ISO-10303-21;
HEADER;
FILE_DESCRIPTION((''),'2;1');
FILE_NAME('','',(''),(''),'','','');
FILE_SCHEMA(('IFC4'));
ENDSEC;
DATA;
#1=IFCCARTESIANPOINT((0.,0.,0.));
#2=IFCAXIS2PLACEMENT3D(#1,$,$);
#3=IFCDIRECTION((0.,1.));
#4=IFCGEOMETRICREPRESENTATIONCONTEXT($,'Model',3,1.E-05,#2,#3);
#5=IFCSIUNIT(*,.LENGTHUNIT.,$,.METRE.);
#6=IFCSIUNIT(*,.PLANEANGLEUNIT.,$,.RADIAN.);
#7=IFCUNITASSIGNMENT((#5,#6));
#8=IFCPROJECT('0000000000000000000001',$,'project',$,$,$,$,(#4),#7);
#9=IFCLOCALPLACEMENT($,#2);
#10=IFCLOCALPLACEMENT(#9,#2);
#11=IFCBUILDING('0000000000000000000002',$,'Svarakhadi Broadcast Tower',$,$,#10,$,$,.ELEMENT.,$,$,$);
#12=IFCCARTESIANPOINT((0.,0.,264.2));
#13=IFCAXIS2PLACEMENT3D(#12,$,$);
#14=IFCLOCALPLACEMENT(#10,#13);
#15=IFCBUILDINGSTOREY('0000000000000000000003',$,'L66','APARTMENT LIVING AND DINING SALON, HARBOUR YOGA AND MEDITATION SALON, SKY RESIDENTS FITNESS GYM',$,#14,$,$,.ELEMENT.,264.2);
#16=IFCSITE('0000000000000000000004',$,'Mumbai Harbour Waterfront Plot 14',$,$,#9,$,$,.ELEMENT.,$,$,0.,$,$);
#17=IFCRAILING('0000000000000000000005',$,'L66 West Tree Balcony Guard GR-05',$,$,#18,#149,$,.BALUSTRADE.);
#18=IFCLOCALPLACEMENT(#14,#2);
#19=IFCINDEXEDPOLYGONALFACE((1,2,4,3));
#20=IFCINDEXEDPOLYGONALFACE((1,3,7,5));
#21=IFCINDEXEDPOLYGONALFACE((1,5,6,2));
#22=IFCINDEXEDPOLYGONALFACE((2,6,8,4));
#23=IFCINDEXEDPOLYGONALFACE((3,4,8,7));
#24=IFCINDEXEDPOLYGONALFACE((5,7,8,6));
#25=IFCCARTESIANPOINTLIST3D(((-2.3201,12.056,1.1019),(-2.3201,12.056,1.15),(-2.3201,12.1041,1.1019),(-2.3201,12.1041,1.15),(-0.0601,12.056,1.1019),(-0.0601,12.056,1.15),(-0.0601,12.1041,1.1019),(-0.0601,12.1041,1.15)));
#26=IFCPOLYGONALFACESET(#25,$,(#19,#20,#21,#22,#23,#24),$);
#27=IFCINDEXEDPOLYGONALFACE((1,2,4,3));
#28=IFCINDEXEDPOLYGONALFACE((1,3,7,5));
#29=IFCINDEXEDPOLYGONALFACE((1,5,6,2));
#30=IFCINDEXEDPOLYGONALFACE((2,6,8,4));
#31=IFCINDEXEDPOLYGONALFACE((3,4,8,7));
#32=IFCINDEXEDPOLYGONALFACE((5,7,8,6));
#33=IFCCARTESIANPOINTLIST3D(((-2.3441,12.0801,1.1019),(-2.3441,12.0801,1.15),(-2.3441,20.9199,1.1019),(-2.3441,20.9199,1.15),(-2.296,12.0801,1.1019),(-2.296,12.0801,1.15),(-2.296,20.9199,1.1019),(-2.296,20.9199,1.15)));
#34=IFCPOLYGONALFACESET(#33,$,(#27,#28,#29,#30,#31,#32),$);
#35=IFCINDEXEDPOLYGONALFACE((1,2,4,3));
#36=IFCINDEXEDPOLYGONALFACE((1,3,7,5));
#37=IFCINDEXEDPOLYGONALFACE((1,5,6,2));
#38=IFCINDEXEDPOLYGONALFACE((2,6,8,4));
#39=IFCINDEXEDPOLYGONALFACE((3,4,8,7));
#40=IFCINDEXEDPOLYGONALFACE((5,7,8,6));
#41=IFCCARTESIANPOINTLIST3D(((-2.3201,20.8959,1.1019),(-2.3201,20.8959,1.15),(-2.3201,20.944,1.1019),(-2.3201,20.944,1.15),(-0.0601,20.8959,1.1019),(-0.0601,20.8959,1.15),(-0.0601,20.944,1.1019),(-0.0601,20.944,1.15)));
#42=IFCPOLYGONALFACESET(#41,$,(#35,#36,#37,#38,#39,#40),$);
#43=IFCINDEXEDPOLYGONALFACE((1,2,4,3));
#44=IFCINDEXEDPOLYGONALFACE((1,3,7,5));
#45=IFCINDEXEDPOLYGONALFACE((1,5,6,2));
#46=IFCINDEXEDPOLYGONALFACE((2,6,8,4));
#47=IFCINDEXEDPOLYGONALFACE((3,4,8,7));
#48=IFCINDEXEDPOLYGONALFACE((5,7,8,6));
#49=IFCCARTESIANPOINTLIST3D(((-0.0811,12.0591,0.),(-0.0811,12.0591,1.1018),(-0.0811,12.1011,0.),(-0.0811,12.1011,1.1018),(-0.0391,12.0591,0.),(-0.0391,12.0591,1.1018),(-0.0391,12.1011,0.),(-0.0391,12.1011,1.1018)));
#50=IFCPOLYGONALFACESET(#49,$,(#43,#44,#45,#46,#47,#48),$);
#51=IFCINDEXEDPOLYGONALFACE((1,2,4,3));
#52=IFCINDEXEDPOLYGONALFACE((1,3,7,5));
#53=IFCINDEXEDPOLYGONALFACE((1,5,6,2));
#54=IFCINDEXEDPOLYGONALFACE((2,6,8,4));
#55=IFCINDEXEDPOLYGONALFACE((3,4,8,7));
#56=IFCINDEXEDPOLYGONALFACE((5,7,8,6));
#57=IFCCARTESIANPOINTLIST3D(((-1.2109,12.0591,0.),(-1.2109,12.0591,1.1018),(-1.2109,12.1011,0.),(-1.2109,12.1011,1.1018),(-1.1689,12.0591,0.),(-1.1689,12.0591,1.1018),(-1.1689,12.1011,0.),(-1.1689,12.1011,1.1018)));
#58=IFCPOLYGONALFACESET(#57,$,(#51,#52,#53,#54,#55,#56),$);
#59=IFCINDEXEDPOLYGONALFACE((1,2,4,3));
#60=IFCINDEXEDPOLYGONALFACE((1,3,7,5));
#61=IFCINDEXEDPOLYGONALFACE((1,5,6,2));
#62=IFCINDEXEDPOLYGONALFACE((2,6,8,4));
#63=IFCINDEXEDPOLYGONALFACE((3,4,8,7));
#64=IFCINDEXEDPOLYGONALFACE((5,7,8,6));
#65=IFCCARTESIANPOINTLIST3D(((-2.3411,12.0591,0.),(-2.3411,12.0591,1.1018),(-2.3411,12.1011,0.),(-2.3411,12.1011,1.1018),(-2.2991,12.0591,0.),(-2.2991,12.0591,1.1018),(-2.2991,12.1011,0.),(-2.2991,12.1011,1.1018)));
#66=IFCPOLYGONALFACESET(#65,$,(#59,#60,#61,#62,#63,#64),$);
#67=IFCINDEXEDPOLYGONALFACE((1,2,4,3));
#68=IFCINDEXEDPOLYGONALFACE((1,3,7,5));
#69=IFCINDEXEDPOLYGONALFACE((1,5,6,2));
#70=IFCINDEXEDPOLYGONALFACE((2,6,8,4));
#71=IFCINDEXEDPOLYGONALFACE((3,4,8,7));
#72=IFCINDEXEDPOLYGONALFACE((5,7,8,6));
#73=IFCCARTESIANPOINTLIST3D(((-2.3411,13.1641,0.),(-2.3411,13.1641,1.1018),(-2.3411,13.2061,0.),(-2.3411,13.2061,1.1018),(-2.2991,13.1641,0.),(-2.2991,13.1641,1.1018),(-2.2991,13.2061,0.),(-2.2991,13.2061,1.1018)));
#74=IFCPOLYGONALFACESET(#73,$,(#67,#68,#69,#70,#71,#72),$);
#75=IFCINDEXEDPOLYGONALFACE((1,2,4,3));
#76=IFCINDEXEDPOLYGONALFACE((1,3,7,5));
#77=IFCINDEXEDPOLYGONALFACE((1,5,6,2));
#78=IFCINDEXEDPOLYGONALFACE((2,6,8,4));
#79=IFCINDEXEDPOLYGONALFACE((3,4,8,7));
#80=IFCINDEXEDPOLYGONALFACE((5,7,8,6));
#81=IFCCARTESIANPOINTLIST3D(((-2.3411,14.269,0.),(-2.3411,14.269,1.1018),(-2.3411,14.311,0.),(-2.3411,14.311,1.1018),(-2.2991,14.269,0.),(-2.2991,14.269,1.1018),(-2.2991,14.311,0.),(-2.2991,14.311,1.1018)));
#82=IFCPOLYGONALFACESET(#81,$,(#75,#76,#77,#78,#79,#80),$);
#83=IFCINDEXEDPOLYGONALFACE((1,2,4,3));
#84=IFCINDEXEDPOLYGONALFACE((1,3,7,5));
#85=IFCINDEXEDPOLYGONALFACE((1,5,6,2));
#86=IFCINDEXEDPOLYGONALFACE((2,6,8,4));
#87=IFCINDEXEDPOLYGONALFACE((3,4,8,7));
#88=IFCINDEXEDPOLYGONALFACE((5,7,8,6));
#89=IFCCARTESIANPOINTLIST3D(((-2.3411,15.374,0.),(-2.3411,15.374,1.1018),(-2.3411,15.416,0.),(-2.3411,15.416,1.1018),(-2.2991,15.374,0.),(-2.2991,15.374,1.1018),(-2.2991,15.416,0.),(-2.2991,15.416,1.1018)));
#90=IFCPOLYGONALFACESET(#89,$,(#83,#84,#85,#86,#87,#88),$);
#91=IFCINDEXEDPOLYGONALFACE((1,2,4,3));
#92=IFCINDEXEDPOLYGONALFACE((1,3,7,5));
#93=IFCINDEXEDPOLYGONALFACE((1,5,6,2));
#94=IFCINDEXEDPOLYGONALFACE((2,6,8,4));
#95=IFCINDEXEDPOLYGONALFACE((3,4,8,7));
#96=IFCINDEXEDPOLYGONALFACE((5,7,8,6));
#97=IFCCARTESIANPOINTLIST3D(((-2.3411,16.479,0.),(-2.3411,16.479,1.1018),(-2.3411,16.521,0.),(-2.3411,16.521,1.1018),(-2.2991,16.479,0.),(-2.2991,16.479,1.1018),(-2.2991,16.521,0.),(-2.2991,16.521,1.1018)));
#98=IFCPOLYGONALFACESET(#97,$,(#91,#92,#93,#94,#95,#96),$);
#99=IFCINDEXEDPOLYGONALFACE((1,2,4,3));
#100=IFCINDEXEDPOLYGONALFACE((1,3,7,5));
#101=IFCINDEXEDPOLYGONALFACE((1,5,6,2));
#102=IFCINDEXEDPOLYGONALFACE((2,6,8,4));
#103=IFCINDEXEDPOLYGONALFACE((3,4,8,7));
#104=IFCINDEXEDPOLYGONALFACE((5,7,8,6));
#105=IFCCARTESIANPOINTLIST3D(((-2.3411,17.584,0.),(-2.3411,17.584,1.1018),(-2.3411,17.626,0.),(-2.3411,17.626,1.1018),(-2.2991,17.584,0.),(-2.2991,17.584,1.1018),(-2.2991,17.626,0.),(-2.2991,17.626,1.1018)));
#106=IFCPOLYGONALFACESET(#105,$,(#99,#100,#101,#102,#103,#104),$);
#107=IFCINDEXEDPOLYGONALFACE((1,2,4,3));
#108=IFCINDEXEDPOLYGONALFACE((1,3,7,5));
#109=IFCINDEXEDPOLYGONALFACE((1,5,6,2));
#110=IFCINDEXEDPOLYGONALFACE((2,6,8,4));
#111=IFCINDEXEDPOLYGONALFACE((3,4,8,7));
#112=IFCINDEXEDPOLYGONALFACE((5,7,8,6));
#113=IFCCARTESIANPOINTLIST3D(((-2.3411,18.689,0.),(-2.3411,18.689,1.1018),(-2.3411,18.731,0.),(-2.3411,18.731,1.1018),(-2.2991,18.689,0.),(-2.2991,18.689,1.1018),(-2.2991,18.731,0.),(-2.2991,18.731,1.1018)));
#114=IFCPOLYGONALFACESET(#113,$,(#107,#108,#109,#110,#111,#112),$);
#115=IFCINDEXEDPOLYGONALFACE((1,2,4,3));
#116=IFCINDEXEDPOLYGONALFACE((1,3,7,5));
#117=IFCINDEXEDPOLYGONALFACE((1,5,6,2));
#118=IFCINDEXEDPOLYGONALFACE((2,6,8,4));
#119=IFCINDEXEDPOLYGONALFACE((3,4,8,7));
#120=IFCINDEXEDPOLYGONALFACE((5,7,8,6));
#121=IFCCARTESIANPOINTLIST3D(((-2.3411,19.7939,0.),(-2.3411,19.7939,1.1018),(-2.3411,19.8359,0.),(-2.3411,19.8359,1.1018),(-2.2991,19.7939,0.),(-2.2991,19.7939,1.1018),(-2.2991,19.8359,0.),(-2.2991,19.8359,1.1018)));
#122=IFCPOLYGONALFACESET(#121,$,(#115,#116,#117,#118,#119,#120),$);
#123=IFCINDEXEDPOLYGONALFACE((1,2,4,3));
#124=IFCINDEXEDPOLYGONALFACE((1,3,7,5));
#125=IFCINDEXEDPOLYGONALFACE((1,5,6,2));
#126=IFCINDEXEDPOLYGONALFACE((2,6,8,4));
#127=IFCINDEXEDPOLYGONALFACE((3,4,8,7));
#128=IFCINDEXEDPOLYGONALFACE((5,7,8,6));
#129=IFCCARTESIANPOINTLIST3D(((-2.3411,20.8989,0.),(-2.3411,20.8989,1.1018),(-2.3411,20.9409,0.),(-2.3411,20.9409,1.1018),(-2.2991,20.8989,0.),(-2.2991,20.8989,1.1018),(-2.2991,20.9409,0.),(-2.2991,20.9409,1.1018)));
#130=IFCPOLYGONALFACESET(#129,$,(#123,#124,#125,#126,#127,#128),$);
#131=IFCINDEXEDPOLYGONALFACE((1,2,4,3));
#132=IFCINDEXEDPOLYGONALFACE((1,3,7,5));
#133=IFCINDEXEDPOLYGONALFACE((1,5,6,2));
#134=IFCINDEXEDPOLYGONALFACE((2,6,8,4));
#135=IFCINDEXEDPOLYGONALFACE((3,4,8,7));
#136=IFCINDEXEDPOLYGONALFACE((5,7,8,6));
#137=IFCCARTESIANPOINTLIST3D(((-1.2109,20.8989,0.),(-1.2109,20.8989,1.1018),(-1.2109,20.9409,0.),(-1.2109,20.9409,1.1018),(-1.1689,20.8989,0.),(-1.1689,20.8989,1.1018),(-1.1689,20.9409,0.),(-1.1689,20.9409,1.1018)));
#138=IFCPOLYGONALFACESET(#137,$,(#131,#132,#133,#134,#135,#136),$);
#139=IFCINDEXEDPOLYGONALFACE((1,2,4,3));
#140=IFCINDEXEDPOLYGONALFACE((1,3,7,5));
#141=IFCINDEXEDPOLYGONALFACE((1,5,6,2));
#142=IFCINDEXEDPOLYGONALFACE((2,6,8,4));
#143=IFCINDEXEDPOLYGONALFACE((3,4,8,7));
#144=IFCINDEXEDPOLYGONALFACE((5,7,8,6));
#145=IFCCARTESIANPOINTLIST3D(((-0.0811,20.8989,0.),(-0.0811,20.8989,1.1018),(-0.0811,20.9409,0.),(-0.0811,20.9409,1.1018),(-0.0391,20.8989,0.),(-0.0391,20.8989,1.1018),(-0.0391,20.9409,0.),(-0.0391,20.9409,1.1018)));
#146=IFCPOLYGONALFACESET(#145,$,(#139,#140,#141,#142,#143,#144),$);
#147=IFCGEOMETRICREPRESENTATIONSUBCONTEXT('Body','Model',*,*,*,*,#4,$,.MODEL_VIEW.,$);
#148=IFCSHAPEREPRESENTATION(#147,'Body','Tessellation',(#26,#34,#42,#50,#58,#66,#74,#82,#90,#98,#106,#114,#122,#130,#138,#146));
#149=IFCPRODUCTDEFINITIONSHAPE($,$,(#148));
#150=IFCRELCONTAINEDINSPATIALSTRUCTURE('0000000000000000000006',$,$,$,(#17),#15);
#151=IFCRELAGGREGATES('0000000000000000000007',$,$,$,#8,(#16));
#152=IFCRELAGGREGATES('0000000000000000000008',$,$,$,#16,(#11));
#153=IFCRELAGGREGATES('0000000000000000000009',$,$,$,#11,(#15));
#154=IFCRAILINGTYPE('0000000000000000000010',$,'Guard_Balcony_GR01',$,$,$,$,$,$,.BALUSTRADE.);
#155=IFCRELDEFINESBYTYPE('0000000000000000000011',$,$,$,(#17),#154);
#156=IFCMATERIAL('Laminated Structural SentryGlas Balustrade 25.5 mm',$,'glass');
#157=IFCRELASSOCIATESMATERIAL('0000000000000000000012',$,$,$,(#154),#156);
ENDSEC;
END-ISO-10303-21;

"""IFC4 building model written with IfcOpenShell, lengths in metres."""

from ifc_helpers import new_model, si_unit, direction, frame, origin, origin_2d, place, context, subcontext, project, spatial, rectangle, extrude, material, type_object, element, save


model = new_model("IFC4")

# Units and contexts
model_context = context("Model", 3, precision=1e-05, world=origin(), true_north=direction((0.0, 1.0)))
body_context = subcontext(model_context, "Body", "Model", "MODEL_VIEW")
ifc_project = project(units=[si_unit("LENGTHUNIT", "METRE"), si_unit("PLANEANGLEUNIT", "RADIAN")], contexts=[model_context])

# Site, building, storey
site_placement = place(None, origin())
site = spatial("IfcSite", under=ifc_project, at=site_placement, Name="Mumbai Harbour Waterfront Plot 14", CompositionType="ELEMENT", RefElevation=0.0)
building_placement = place(site_placement, origin())
building = spatial("IfcBuilding", under=site, at=building_placement, Name="Svarakhadi Broadcast Tower", CompositionType="ELEMENT")
storey_placement = place(building_placement, frame((0.0, 0.0, 264.2)))
storey = spatial("IfcBuildingStorey", under=building, at=storey_placement, Name="L66", Description="APARTMENT LIVING AND DINING SALON, HARBOUR YOGA AND MEDITATION SALON, SKY RESIDENTS FITNESS GYM", CompositionType="ELEMENT", Elevation=264.2)

# Railing
ifc_material_1 = material(Name="Laminated Structural SentryGlas Balustrade 25.5 mm", Category="glass")
railing_type = type_object("IfcRailingType", Name="Guard_Balcony_GR01", PredefinedType="BALUSTRADE", material=ifc_material_1)
railing_placement = place(storey_placement, frame((-0.0601, 12.0801, 0.0)))
element("IfcRailing", 1, at=railing_placement, inside=storey, type_object=railing_type, Name="L66 West Tree Balcony Guard GR-05", PredefinedType="BALUSTRADE", context=body_context, shape_type="SweptSolid", body=[
    extrude(rectangle(XDim=0.0481, YDim=0.0481, at=origin_2d()), frame((0.0, 0.0, 1.126), z_axis=(-1.0, 0.0, 0.0), x_axis=(0.0, -1.0, 0.0)), (0.0, 0.0, 1.0), 2.26),
    extrude(rectangle(XDim=0.0481, YDim=0.0481, at=origin_2d()), frame((-2.26, 0.0, 1.126), z_axis=(0.0, 1.0, 0.0), x_axis=(-1.0, 0.0, 0.0)), (0.0, 0.0, 1.0), 8.8398),
    extrude(rectangle(XDim=0.0481, YDim=0.0481, at=origin_2d()), frame((-2.26, 8.8398, 1.126), z_axis=(1.0, 0.0, 0.0), x_axis=(0.0, 1.0, 0.0)), (0.0, 0.0, 1.0), 2.26),
    extrude(rectangle(XDim=0.042, YDim=0.042, at=origin_2d()), origin(), (0.0, 0.0, 1.0), 1.1018),
    extrude(rectangle(XDim=0.042, YDim=0.042, at=origin_2d()), frame((-1.1299, 0.0, 0.0)), (0.0, 0.0, 1.0), 1.1018),
    extrude(rectangle(XDim=0.042, YDim=0.042, at=origin_2d()), frame((-2.26, 0.0, 0.0)), (0.0, 0.0, 1.0), 1.1018),
    extrude(rectangle(XDim=0.042, YDim=0.042, at=origin_2d()), frame((-2.26, 1.105, 0.0)), (0.0, 0.0, 1.0), 1.1018),
    extrude(rectangle(XDim=0.042, YDim=0.042, at=origin_2d()), frame((-2.26, 2.21, 0.0)), (0.0, 0.0, 1.0), 1.1018),
    extrude(rectangle(XDim=0.042, YDim=0.042, at=origin_2d()), frame((-2.26, 3.3149, 0.0)), (0.0, 0.0, 1.0), 1.1018),
    extrude(rectangle(XDim=0.042, YDim=0.042, at=origin_2d()), frame((-2.26, 4.4199, 0.0)), (0.0, 0.0, 1.0), 1.1018),
    extrude(rectangle(XDim=0.042, YDim=0.042, at=origin_2d()), frame((-2.26, 5.5249, 0.0)), (0.0, 0.0, 1.0), 1.1018),
    extrude(rectangle(XDim=0.042, YDim=0.042, at=origin_2d()), frame((-2.26, 6.6299, 0.0)), (0.0, 0.0, 1.0), 1.1018),
    extrude(rectangle(XDim=0.042, YDim=0.042, at=origin_2d()), frame((-2.26, 7.7349, 0.0)), (0.0, 0.0, 1.0), 1.1018),
    extrude(rectangle(XDim=0.042, YDim=0.042, at=origin_2d()), frame((-2.26, 8.8398, 0.0)), (0.0, 0.0, 1.0), 1.1018),
    extrude(rectangle(XDim=0.042, YDim=0.042, at=origin_2d()), frame((-1.1299, 8.8398, 0.0)), (0.0, 0.0, 1.0), 1.1018),
    extrude(rectangle(XDim=0.042, YDim=0.042, at=origin_2d()), frame((0.0, 8.8398, 0.0)), (0.0, 0.0, 1.0), 1.1018),
])

save(model, "model.ifc")
